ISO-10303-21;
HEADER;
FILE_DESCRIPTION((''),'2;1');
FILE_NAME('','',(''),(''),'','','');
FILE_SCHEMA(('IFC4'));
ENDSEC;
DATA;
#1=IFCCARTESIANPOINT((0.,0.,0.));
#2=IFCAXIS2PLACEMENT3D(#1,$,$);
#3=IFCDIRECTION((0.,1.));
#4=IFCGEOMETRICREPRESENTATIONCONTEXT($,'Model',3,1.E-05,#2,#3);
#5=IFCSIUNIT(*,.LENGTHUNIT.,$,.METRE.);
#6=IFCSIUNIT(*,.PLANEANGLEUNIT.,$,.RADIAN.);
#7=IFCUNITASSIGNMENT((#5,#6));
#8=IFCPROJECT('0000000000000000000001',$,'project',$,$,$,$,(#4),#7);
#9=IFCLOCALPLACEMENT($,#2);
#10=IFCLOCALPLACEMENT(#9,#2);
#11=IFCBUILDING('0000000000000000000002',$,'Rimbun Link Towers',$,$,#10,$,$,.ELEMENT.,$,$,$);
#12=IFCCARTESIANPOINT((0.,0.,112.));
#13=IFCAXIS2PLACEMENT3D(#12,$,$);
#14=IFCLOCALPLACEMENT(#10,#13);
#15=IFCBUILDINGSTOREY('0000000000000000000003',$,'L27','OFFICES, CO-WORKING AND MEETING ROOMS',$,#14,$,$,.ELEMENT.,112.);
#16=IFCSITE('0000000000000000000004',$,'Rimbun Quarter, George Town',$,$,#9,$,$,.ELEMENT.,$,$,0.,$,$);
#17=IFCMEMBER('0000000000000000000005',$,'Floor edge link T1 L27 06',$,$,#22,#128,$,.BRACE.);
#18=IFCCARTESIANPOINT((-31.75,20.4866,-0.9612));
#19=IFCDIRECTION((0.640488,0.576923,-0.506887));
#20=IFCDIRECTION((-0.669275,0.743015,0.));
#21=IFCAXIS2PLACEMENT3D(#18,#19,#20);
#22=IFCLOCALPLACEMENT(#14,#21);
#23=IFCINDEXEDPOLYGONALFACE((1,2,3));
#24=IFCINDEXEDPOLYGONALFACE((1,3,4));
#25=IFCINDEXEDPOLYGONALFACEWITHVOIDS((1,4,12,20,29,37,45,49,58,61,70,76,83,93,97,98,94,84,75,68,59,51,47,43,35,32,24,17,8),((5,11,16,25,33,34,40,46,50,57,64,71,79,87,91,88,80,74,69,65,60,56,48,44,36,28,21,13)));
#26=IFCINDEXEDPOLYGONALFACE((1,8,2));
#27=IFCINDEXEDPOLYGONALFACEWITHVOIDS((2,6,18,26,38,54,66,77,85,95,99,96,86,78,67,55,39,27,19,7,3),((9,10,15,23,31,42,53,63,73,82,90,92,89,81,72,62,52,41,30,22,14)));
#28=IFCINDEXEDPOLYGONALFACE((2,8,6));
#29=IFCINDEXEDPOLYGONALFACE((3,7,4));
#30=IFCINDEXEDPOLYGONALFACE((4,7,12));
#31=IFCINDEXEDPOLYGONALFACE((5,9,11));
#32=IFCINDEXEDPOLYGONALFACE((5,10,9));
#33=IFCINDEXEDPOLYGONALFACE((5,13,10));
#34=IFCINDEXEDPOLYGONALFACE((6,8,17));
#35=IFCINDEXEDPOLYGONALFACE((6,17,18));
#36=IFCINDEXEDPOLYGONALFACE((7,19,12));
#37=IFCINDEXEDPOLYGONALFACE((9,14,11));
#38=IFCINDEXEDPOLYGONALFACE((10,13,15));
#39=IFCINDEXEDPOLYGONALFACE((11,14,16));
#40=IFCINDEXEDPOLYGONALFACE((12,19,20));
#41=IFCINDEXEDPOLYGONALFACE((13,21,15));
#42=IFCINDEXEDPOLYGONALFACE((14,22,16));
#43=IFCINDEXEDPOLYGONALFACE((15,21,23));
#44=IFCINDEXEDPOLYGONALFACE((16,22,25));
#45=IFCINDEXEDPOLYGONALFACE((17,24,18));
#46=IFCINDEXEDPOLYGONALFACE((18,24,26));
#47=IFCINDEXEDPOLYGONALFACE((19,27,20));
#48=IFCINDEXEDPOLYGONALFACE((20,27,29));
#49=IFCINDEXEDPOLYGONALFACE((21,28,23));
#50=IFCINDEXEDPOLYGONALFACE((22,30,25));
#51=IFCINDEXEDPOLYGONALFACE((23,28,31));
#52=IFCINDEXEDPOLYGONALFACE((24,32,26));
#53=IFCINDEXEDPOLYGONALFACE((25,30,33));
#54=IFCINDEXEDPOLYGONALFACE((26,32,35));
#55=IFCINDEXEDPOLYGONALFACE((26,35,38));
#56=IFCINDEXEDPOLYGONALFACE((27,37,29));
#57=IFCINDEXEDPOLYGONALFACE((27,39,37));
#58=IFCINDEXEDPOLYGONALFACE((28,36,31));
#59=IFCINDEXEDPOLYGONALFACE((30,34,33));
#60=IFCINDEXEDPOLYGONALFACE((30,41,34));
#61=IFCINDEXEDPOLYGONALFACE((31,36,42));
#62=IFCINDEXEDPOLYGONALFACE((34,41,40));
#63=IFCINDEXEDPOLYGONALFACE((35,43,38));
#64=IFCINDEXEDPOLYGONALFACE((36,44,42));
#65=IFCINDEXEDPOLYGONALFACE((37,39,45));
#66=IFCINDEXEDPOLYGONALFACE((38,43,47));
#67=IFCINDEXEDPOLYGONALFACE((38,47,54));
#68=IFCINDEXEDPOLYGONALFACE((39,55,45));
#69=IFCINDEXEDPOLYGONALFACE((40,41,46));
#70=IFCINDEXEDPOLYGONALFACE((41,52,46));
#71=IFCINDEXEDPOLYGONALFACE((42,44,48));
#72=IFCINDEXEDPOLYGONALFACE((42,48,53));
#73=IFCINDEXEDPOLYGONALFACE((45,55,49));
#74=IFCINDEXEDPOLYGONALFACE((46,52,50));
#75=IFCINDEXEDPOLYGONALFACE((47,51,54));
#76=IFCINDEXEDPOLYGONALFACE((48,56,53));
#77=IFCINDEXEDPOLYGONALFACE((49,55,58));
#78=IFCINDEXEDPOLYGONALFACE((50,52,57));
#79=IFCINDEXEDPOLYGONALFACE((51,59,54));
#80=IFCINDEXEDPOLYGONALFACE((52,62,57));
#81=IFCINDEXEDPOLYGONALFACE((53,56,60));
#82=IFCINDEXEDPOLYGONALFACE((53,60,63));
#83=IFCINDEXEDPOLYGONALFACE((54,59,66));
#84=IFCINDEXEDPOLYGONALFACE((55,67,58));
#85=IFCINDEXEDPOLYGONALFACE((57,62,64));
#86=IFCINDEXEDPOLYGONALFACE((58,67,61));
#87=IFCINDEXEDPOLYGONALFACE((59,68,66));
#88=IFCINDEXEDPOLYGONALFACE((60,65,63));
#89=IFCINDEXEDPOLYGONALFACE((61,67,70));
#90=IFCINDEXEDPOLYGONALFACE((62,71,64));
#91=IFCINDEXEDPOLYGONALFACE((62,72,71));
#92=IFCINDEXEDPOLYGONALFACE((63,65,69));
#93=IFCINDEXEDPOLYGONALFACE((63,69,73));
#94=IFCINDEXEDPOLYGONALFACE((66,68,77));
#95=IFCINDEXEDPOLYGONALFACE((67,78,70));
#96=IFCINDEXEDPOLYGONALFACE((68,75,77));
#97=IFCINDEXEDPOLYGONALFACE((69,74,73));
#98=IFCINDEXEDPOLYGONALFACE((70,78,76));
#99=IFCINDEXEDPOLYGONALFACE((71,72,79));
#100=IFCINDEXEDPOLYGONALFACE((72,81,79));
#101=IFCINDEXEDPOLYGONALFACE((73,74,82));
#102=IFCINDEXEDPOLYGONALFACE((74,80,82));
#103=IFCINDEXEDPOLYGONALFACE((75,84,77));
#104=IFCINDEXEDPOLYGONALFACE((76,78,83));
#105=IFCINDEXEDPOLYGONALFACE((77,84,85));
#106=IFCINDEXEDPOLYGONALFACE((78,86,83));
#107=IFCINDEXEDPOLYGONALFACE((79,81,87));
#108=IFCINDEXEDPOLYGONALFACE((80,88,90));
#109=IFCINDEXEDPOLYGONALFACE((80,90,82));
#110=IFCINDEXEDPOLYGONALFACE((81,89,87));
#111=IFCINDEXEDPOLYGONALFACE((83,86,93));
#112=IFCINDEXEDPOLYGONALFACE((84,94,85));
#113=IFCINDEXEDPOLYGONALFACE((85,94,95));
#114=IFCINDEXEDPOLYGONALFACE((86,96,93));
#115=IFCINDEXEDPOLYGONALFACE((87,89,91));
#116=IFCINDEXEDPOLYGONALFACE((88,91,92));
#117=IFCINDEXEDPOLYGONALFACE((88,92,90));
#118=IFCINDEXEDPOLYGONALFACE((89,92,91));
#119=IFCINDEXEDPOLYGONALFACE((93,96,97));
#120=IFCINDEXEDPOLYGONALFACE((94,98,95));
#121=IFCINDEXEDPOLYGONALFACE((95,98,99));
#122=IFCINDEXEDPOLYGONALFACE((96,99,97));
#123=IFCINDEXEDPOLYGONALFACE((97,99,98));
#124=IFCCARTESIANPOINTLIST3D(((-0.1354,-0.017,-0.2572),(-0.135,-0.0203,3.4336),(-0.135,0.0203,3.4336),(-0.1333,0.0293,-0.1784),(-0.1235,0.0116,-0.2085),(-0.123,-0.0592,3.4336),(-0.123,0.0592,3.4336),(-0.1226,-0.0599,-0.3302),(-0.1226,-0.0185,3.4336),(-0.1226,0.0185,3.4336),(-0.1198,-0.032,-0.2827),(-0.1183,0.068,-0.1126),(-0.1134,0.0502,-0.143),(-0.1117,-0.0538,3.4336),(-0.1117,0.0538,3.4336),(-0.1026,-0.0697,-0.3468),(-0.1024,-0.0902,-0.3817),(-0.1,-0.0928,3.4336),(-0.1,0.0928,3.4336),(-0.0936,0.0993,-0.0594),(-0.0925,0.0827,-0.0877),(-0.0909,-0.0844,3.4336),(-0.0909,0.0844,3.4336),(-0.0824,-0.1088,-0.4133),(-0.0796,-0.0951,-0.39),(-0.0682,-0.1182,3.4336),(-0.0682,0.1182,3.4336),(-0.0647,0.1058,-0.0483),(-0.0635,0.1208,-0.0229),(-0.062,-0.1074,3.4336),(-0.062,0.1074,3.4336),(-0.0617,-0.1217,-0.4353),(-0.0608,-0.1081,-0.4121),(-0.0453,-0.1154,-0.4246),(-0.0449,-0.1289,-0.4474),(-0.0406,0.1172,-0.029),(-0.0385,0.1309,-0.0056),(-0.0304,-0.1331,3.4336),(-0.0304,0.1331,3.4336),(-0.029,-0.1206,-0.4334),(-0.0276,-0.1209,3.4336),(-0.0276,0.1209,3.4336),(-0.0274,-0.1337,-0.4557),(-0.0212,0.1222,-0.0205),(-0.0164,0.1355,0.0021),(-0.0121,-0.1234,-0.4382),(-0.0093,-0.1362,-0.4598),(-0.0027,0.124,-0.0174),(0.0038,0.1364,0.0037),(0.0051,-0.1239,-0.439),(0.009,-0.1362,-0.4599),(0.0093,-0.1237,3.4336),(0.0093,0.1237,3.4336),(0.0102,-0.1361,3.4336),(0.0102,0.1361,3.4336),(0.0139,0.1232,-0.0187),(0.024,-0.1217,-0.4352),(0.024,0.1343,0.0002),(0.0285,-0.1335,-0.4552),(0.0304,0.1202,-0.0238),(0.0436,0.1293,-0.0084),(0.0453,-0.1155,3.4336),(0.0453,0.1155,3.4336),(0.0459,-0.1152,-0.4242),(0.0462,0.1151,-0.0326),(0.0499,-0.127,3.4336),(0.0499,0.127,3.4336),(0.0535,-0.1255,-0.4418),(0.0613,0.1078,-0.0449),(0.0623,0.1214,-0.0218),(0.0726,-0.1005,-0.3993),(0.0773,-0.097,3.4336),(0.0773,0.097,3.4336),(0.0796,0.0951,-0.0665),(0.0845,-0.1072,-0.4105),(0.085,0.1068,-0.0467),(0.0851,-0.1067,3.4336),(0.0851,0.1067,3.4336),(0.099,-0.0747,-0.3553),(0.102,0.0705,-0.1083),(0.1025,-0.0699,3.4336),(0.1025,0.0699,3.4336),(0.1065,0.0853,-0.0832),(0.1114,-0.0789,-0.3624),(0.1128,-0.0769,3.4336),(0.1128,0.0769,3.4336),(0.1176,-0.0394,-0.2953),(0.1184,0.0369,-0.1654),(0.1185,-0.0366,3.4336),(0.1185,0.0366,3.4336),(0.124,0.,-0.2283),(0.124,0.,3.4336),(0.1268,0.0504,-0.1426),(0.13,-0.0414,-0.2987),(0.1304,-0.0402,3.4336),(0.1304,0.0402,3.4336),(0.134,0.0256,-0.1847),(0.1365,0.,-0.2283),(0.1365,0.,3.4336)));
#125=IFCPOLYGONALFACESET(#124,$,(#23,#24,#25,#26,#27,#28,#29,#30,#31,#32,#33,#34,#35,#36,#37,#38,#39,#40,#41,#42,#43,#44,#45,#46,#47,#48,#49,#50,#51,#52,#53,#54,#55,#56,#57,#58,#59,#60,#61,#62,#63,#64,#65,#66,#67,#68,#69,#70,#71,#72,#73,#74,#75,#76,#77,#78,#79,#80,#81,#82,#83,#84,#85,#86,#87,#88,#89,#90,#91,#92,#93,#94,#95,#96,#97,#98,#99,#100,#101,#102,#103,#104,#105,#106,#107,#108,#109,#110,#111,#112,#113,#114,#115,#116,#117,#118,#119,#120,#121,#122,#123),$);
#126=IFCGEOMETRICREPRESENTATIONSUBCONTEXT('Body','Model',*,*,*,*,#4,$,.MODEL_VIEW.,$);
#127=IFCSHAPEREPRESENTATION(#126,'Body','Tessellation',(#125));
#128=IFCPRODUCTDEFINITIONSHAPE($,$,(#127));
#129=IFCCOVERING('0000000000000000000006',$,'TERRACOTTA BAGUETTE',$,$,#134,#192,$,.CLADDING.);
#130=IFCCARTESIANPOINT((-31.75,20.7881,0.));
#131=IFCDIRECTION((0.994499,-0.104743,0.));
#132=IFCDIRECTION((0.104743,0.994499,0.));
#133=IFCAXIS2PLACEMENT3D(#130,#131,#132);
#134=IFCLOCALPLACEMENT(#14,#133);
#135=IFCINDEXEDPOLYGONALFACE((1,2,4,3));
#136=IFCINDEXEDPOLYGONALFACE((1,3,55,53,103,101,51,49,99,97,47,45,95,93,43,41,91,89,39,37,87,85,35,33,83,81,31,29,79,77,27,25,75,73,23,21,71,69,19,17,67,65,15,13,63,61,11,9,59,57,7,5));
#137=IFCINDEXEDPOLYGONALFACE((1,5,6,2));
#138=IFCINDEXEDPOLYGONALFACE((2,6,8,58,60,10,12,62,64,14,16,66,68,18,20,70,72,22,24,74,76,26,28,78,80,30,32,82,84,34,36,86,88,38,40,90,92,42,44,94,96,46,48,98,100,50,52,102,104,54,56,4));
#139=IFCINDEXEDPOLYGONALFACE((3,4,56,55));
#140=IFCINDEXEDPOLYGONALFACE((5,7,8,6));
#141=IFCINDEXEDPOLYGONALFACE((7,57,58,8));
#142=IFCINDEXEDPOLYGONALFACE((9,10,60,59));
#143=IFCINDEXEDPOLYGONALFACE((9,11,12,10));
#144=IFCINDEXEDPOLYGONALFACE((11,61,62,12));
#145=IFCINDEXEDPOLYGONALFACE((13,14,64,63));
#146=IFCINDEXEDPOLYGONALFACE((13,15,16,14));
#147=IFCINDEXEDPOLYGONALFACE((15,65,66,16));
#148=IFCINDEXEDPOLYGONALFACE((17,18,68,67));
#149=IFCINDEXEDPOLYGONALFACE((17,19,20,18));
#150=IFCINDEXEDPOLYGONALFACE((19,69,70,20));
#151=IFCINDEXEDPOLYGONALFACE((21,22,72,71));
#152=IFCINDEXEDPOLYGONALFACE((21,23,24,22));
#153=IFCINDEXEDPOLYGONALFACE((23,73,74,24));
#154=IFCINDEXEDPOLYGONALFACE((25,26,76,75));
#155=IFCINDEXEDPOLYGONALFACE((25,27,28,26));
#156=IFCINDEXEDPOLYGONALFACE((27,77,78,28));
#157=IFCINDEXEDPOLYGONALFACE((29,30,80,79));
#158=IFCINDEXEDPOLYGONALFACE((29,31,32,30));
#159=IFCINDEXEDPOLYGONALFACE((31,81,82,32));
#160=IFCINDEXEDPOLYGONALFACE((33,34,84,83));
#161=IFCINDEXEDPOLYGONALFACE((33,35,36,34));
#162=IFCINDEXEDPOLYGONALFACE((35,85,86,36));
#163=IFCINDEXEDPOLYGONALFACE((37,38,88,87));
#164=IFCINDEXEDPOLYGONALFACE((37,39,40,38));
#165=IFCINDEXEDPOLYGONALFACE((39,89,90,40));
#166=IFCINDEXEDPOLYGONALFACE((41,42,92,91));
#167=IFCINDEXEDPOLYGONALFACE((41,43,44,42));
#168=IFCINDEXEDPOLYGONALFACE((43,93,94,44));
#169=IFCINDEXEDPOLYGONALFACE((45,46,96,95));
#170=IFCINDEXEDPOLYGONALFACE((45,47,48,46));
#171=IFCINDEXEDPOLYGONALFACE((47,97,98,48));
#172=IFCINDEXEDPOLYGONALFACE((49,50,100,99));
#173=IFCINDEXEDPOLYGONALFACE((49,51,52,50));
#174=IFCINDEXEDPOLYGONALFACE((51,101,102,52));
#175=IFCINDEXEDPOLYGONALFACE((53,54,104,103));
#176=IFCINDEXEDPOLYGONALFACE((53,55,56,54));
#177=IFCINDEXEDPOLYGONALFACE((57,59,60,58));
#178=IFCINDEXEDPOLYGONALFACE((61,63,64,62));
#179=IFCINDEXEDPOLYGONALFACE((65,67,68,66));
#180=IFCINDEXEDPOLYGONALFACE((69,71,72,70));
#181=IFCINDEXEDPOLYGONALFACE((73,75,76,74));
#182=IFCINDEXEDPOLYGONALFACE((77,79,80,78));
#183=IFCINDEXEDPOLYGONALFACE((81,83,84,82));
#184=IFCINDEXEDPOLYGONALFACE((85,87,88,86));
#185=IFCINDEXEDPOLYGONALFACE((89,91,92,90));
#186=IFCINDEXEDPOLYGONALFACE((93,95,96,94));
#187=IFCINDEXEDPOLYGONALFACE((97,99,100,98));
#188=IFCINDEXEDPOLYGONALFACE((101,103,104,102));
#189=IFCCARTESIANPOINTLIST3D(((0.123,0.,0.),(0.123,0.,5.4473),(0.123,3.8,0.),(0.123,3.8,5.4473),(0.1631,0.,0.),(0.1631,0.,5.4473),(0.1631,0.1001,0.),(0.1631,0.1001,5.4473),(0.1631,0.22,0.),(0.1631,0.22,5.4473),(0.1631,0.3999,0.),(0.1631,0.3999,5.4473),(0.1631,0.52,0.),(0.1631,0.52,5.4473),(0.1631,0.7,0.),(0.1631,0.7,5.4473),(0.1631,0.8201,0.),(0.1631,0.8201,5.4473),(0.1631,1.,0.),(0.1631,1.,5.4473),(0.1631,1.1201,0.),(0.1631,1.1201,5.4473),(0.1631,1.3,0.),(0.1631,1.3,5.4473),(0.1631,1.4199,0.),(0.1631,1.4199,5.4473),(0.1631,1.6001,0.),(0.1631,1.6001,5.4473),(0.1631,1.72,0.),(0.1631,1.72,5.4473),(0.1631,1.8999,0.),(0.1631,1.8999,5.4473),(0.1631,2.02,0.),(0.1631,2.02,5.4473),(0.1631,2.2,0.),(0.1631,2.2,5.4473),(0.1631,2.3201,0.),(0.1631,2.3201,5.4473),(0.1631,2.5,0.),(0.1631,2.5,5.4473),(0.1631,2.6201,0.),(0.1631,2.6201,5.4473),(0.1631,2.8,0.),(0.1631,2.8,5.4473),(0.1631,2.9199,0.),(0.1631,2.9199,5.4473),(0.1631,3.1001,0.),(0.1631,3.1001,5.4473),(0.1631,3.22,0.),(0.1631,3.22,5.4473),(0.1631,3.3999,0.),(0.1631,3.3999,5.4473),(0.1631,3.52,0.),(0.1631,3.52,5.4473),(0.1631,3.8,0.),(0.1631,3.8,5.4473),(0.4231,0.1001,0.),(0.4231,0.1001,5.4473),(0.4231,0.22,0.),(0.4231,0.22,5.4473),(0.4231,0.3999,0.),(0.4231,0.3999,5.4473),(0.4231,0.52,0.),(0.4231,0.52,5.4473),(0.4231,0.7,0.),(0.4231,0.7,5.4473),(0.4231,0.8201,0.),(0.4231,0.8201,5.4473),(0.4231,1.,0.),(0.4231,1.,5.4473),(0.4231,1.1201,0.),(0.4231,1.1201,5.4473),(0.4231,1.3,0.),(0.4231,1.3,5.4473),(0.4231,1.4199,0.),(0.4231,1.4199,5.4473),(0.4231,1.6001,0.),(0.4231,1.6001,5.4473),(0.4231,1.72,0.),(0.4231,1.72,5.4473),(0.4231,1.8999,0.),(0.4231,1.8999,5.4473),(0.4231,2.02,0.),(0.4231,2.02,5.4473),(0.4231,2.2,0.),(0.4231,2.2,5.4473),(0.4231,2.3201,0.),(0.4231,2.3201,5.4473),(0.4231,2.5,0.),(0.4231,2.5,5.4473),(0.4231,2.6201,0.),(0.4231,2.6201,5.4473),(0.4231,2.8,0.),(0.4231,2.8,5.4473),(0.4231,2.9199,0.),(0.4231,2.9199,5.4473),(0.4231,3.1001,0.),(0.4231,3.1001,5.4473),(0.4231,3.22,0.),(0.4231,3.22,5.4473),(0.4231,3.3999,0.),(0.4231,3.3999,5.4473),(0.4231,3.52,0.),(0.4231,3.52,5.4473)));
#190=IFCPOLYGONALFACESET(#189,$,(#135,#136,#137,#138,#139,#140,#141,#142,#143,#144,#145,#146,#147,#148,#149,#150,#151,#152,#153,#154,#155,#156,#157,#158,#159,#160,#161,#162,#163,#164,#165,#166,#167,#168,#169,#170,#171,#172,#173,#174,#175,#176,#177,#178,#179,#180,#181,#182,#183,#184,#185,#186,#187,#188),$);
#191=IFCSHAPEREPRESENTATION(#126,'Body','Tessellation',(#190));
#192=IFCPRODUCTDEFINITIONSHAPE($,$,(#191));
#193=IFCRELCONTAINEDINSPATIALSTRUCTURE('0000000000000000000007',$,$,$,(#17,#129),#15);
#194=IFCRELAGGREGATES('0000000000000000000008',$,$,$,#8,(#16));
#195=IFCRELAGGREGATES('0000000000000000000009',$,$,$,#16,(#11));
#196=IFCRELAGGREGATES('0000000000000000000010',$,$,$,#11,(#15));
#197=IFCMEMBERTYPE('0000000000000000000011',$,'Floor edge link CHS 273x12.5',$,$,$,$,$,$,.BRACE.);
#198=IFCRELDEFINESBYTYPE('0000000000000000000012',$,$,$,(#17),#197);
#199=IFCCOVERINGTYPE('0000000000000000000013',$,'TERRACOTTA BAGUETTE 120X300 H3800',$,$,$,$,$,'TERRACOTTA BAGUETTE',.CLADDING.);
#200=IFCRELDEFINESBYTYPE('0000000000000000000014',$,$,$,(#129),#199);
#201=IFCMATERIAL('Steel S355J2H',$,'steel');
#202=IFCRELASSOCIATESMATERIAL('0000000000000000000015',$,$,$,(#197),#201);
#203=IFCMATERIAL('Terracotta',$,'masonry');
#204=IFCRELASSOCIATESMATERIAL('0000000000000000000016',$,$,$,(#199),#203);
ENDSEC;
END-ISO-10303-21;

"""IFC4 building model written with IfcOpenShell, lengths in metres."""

from ifc_helpers import new_model, si_unit, direction, frame, origin, origin_2d, place, context, subcontext, project, spatial, polyline, hollow_circle, outline, extrude, clip, halfspace, material, material_profile, profile_set, type_object, element, save


model = new_model("IFC4")

# Units and contexts
model_context = context("Model", 3, precision=1e-05, world=origin(), true_north=direction((0.0, 1.0)))
body_context = subcontext(model_context, "Body", "Model", "MODEL_VIEW")
ifc_project = project(units=[si_unit("LENGTHUNIT", "METRE"), si_unit("PLANEANGLEUNIT", "RADIAN")], contexts=[model_context])

# Site, building, storey
site_placement = place(None, origin())
site = spatial("IfcSite", under=ifc_project, at=site_placement, Name="Rimbun Quarter, George Town", CompositionType="ELEMENT", RefElevation=0.0)
building_placement = place(site_placement, origin())
building = spatial("IfcBuilding", under=site, at=building_placement, Name="Rimbun Link Towers", CompositionType="ELEMENT")
storey_placement = place(building_placement, frame((0.0, 0.0, 112.0)))
storey = spatial("IfcBuildingStorey", under=building, at=storey_placement, Name="L27", Description="OFFICES, CO-WORKING AND MEETING ROOMS", CompositionType="ELEMENT", Elevation=112.0)

# Member
ifc_material_1 = material(Name="Steel S355J2H", Category="steel")
ifc_material_profile_1 = material_profile(ifc_material_1, hollow_circle(Radius=0.1365, WallThickness=0.0125, at=origin_2d()), Name="CHS 273x12.5")
ifc_profile_set_1 = profile_set([ifc_material_profile_1], Name="Steel S355J2H")
member_type_1 = type_object("IfcMemberType", Name="Floor edge link CHS 273x12.5", PredefinedType="BRACE", material=ifc_profile_set_1)
member_1_placement = place(storey_placement, frame((-31.75, 20.4866, -0.9612), z_axis=(0.640488, 0.576923, -0.506887), x_axis=(-0.669275, 0.743015, 0.0)))
element("IfcMember", 1, at=member_1_placement, inside=storey, type_object=member_type_1, Name="Floor edge link T1 L27 06", PredefinedType="BRACE", context=body_context, shape_type="Clipping", body=[
    clip(extrude(hollow_circle(Radius=0.1365, WallThickness=0.0125, at=origin_2d()), frame((0.0, 0.0, -0.4841)), (0.0, 0.0, 1.0), 3.9177), halfspace(frame((0.0, 0.0, -0.2283), z_axis=(0.0, 0.862012, -0.506887)), False)),
])

# Covering
ifc_material_2 = material(Name="Terracotta", Category="masonry")
ifc_material_profile_2 = material_profile(ifc_material_2, outline(polyline([(0.123, 0.0), (0.1631, 0.0), (0.1631, 0.1001), (0.4231, 0.1001), (0.4231, 0.22), (0.1631, 0.22), (0.1631, 0.3999), (0.4231, 0.3999), (0.4231, 0.52), (0.1631, 0.52), (0.1631, 0.7), (0.4231, 0.7), (0.4231, 0.8201), (0.1631, 0.8201), (0.1631, 1.0), (0.4231, 1.0), (0.4231, 1.1201), (0.1631, 1.1201), (0.1631, 1.3), (0.4231, 1.3), (0.4231, 1.4199), (0.1631, 1.4199), (0.1631, 1.6001), (0.4231, 1.6001), (0.4231, 1.72), (0.1631, 1.72), (0.1631, 1.8999), (0.4231, 1.8999), (0.4231, 2.02), (0.1631, 2.02), (0.1631, 2.2), (0.4231, 2.2), (0.4231, 2.3201), (0.1631, 2.3201), (0.1631, 2.5), (0.4231, 2.5), (0.4231, 2.6201), (0.1631, 2.6201), (0.1631, 2.8), (0.4231, 2.8), (0.4231, 2.9199), (0.1631, 2.9199), (0.1631, 3.1001), (0.4231, 3.1001), (0.4231, 3.22), (0.1631, 3.22), (0.1631, 3.3999), (0.4231, 3.3999), (0.4231, 3.52), (0.1631, 3.52), (0.1631, 3.8), (0.123, 3.8), (0.123, 0.0)])), Name="BAGUETTE 120X300")
ifc_profile_set_2 = profile_set([ifc_material_profile_2], Name="Terracotta")
covering_type = type_object("IfcCoveringType", Name="TERRACOTTA BAGUETTE 120X300 H3800", ElementType="TERRACOTTA BAGUETTE", PredefinedType="CLADDING", material=ifc_profile_set_2)
for number, where, z_axis, x_axis, name in (
    (2, (-31.75, 20.7881, 0.0), (0.994499, -0.104743, 0.0), (0.104743, 0.994499, 0.0), "TERRACOTTA BAGUETTE"),
):
    element("IfcCovering", number, at=place(storey_placement, frame(where, z_axis=z_axis, x_axis=x_axis)), inside=storey, type_object=covering_type, Name=name, PredefinedType="CLADDING", context=body_context, shape_type="SweptSolid", body=[
        extrude(outline(polyline([(0.123, 0.0), (0.1631, 0.0), (0.1631, 0.1001), (0.4231, 0.1001), (0.4231, 0.22), (0.1631, 0.22), (0.1631, 0.3999), (0.4231, 0.3999), (0.4231, 0.52), (0.1631, 0.52), (0.1631, 0.7), (0.4231, 0.7), (0.4231, 0.8201), (0.1631, 0.8201), (0.1631, 1.0), (0.4231, 1.0), (0.4231, 1.1201), (0.1631, 1.1201), (0.1631, 1.3), (0.4231, 1.3), (0.4231, 1.4199), (0.1631, 1.4199), (0.1631, 1.6001), (0.4231, 1.6001), (0.4231, 1.72), (0.1631, 1.72), (0.1631, 1.8999), (0.4231, 1.8999), (0.4231, 2.02), (0.1631, 2.02), (0.1631, 2.2), (0.4231, 2.2), (0.4231, 2.3201), (0.1631, 2.3201), (0.1631, 2.5), (0.4231, 2.5), (0.4231, 2.6201), (0.1631, 2.6201), (0.1631, 2.8), (0.4231, 2.8), (0.4231, 2.9199), (0.1631, 2.9199), (0.1631, 3.1001), (0.4231, 3.1001), (0.4231, 3.22), (0.1631, 3.22), (0.1631, 3.3999), (0.4231, 3.3999), (0.4231, 3.52), (0.1631, 3.52), (0.1631, 3.8), (0.123, 3.8), (0.123, 0.0)])), origin(), (0.0, 0.0, 1.0), 5.4473),
    ])

save(model, "model.ifc")
